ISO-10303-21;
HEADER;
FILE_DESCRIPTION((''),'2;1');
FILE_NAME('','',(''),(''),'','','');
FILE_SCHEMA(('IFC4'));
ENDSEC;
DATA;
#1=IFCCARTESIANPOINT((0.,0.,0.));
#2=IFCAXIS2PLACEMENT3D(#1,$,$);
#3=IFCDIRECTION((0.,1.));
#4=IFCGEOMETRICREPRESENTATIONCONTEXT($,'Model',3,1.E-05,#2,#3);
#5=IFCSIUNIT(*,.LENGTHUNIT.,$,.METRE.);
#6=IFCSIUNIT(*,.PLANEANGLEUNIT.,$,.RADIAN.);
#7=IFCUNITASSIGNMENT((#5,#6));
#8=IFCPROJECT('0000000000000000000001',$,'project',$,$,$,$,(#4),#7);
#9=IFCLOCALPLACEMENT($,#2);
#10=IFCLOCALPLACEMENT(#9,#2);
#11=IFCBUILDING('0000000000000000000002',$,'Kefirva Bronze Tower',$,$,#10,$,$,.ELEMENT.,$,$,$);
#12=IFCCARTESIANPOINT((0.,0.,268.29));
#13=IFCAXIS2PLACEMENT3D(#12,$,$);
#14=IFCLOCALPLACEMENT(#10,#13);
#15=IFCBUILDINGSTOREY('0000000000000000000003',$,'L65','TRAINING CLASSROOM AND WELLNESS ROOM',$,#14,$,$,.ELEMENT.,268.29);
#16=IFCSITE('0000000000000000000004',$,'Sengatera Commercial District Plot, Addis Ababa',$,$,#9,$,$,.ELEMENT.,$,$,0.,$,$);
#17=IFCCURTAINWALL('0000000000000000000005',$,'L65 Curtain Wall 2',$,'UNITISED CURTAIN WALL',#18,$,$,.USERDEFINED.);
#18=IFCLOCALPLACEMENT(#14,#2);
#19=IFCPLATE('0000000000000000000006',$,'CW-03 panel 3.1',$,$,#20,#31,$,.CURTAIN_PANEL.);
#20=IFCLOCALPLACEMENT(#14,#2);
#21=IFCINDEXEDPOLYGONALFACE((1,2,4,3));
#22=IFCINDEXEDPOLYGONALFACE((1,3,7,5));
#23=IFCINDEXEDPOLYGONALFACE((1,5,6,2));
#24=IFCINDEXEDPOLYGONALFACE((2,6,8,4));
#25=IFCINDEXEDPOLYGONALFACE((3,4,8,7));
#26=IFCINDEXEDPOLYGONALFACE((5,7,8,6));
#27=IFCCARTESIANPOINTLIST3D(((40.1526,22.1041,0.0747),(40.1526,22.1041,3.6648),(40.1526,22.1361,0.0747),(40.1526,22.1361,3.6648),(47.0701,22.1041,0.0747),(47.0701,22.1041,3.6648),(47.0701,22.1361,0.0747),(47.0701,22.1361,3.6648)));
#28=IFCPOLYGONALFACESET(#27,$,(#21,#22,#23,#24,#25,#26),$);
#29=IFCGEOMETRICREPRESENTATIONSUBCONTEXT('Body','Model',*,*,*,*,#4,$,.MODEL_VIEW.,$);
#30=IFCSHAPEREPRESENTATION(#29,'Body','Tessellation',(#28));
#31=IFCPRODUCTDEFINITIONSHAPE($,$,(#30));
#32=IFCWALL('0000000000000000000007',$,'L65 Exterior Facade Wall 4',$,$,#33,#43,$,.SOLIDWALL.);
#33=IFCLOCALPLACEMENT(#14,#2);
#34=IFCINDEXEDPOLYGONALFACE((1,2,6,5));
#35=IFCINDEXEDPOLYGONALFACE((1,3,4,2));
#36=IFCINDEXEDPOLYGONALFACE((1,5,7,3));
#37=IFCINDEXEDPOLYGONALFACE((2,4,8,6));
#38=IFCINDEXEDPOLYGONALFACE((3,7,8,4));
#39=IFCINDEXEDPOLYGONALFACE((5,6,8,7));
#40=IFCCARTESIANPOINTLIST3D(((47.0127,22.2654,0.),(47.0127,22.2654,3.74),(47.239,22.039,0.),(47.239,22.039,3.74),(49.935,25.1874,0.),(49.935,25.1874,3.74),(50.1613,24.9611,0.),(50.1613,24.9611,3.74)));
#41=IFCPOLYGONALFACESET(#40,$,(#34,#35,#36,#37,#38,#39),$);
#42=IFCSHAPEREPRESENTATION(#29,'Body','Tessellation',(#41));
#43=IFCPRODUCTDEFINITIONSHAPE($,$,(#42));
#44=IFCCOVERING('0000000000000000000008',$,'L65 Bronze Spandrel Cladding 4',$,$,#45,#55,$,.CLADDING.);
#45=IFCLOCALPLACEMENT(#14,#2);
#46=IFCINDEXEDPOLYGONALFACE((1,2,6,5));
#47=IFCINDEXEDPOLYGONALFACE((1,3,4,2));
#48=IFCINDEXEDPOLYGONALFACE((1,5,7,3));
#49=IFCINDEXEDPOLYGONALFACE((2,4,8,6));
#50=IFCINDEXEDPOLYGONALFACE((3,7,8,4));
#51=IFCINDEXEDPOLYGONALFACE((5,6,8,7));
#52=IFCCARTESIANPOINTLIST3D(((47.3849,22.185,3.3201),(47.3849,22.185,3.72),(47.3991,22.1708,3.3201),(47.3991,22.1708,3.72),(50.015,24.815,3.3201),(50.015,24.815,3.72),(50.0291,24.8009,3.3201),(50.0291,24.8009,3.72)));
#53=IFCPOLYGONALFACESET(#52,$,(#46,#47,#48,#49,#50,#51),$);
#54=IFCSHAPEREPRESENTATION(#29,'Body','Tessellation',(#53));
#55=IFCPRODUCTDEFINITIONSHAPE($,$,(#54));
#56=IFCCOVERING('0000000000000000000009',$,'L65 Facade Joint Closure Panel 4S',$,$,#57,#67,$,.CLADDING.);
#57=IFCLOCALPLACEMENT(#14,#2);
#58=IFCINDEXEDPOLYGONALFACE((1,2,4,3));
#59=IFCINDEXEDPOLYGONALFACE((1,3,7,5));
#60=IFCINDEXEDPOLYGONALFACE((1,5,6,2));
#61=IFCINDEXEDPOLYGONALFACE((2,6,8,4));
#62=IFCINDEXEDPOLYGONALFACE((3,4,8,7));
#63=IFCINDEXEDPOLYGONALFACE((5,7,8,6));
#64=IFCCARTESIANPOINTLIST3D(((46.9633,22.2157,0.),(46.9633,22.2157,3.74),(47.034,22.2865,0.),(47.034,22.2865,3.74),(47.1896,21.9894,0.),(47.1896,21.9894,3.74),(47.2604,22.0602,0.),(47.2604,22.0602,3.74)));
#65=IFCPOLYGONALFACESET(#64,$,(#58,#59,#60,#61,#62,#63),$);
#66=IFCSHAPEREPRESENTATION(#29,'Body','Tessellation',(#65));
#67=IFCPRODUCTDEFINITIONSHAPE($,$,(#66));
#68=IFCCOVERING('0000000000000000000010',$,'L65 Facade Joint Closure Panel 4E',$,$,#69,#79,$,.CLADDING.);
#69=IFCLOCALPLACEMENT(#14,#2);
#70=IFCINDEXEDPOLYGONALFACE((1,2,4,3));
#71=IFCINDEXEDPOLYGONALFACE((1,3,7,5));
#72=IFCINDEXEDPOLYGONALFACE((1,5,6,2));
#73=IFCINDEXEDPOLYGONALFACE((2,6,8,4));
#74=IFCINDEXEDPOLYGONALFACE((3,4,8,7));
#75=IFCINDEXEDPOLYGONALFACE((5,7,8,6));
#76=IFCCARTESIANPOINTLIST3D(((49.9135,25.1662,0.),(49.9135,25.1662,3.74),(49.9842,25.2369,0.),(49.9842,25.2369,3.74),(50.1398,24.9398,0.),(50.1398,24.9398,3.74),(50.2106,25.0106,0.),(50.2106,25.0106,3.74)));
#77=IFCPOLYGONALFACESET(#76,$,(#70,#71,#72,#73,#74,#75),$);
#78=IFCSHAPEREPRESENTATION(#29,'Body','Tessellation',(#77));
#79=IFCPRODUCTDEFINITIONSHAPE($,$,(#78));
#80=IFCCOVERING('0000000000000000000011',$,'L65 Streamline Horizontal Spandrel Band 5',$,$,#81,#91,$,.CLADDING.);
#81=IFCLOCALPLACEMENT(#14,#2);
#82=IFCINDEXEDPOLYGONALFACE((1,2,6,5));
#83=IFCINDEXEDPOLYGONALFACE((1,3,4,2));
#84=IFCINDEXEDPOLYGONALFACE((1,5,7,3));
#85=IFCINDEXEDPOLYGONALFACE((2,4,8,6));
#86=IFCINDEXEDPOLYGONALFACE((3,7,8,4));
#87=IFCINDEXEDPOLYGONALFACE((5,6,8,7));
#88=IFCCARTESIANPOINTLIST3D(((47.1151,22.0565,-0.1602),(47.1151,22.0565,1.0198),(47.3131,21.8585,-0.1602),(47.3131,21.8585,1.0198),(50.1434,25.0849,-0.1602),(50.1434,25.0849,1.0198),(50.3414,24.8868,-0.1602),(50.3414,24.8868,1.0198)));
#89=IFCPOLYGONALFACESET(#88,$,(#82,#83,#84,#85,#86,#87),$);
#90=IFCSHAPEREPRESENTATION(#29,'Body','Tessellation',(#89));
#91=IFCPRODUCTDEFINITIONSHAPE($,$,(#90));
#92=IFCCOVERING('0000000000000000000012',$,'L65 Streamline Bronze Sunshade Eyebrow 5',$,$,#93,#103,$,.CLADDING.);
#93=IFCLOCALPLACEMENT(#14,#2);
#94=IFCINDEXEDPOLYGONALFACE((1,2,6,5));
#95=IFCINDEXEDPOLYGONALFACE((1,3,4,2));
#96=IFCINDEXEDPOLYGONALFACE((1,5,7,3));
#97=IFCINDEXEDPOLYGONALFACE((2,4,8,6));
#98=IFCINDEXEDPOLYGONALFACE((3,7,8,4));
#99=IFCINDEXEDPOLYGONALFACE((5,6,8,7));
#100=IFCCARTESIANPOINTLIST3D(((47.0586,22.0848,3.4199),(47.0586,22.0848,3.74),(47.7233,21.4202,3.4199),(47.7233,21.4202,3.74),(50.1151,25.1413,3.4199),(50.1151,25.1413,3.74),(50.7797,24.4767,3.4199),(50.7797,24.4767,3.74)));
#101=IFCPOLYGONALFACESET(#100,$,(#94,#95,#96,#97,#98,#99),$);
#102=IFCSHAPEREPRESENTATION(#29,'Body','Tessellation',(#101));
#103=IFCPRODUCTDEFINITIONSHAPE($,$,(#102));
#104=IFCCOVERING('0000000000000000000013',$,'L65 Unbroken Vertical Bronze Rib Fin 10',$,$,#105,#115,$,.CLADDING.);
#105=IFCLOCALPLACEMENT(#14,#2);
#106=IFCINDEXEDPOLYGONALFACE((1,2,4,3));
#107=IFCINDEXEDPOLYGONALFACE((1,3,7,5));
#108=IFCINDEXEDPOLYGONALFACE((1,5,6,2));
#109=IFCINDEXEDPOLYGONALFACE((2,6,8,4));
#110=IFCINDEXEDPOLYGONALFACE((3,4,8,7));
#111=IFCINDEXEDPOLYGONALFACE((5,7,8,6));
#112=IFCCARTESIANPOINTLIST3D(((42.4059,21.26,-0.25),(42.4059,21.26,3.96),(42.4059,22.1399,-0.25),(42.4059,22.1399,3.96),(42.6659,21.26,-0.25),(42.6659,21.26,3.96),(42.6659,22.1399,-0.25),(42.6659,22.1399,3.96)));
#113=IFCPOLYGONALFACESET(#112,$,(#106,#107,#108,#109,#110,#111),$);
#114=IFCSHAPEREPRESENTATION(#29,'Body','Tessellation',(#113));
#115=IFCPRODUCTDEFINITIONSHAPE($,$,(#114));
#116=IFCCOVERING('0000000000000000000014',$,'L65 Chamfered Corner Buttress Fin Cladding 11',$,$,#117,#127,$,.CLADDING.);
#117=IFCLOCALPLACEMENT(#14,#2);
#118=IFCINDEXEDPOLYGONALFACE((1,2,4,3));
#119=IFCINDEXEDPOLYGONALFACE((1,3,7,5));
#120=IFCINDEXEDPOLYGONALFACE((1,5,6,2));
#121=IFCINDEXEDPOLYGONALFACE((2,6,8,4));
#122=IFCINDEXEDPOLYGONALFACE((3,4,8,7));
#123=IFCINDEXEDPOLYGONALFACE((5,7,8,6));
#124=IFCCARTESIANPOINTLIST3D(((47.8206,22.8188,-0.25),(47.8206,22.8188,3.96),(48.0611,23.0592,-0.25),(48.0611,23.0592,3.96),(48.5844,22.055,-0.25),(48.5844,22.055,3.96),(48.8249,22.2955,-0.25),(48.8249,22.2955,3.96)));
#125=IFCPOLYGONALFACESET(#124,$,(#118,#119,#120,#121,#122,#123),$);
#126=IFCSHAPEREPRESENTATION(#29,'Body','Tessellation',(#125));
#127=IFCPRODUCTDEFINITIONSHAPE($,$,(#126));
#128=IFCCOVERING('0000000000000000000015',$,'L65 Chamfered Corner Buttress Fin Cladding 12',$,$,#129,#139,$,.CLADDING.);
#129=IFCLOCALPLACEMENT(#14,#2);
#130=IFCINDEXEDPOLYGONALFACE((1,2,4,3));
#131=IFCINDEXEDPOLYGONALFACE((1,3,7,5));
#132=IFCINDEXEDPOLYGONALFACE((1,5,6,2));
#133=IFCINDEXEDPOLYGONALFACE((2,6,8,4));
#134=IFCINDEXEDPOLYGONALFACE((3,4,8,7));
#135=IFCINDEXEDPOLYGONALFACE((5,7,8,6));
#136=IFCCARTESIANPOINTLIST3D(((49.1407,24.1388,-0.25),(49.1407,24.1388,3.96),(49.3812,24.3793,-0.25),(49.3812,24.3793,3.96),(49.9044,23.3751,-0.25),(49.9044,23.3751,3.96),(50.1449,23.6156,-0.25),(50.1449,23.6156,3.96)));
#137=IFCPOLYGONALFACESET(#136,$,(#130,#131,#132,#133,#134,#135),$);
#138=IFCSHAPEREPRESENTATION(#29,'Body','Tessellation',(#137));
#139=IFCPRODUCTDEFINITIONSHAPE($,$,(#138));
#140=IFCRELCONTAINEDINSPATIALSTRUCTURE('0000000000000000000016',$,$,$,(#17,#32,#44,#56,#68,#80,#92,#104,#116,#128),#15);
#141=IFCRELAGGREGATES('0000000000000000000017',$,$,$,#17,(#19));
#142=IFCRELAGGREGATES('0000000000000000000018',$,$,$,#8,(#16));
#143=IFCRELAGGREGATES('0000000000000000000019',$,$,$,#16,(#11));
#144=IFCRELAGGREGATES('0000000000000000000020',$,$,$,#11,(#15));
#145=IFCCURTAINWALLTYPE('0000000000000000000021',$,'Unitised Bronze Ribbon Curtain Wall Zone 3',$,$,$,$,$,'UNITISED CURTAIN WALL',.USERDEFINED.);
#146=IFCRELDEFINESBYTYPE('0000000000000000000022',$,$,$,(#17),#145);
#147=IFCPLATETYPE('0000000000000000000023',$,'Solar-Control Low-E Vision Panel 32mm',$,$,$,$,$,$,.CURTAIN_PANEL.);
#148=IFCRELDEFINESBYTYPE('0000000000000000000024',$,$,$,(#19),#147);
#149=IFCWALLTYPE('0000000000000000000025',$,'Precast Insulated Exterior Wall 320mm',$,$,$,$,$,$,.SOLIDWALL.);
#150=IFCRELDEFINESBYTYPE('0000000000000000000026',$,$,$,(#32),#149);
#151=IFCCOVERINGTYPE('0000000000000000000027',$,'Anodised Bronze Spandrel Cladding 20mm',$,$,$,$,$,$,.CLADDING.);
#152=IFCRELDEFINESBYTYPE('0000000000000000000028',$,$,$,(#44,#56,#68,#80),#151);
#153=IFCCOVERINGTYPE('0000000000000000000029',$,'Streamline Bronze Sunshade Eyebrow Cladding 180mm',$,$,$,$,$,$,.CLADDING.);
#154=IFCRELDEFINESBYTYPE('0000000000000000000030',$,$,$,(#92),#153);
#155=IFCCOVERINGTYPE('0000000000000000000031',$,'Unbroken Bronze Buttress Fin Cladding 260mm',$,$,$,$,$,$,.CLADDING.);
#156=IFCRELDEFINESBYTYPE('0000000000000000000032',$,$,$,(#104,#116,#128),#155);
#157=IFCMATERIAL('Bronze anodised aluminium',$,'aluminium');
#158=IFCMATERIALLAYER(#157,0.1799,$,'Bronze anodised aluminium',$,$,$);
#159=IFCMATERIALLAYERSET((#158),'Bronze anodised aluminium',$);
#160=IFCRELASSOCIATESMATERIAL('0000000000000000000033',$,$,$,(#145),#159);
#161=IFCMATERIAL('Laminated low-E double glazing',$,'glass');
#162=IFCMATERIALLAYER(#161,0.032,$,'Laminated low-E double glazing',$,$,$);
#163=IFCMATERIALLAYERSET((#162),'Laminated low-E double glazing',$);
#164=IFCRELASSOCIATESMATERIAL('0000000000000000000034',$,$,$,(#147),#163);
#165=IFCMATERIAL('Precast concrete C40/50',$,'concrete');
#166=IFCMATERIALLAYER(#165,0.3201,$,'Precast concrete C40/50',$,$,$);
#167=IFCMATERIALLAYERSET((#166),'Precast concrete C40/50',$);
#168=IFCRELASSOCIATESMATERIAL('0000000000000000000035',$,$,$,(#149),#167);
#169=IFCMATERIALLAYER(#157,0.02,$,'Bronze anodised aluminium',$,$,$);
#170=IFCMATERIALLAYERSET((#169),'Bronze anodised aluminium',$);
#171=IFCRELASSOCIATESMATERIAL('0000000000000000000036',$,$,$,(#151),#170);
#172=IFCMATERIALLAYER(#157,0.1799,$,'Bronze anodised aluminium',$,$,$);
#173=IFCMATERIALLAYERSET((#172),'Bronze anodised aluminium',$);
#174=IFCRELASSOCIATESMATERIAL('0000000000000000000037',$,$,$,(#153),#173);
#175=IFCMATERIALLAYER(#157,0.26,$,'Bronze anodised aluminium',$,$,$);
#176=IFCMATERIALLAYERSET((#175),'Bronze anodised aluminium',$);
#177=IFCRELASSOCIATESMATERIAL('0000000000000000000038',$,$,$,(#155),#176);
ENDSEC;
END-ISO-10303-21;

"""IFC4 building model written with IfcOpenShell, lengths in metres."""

from ifc_helpers import new_model, si_unit, direction, frame, frame_2d, origin, origin_2d, place, context, subcontext, project, spatial, rectangle, extrude, material, layer, layer_set, type_object, element, aggregate, save


model = new_model("IFC4")

# Units and contexts
model_context = context("Model", 3, precision=1e-05, world=origin(), true_north=direction((0.0, 1.0)))
body_context = subcontext(model_context, "Body", "Model", "MODEL_VIEW")
ifc_project = project(units=[si_unit("LENGTHUNIT", "METRE"), si_unit("PLANEANGLEUNIT", "RADIAN")], contexts=[model_context])

# Site, building, storey
site_placement = place(None, origin())
site = spatial("IfcSite", under=ifc_project, at=site_placement, Name="Sengatera Commercial District Plot, Addis Ababa", CompositionType="ELEMENT", RefElevation=0.0)
building_placement = place(site_placement, origin())
building = spatial("IfcBuilding", under=site, at=building_placement, Name="Kefirva Bronze Tower", CompositionType="ELEMENT")
storey_placement = place(building_placement, frame((0.0, 0.0, 268.29)))
storey = spatial("IfcBuildingStorey", under=building, at=storey_placement, Name="L65", Description="TRAINING CLASSROOM AND WELLNESS ROOM", CompositionType="ELEMENT", Elevation=268.29)

# Curtain wall
ifc_material_1 = material(Name="Bronze anodised aluminium", Category="aluminium")
ifc_layer_1 = layer(ifc_material_1, 0.1799, Name="Bronze anodised aluminium")
ifc_layer_set_1 = layer_set([ifc_layer_1], Name="Bronze anodised aluminium")
curtain_wall_type = type_object("IfcCurtainWallType", Name="Unitised Bronze Ribbon Curtain Wall Zone 3", ElementType="UNITISED CURTAIN WALL", PredefinedType="USERDEFINED", material=ifc_layer_set_1)
curtain_wall_1_placement = place(storey_placement, origin())
curtain_wall_1 = element("IfcCurtainWall", 1, at=curtain_wall_1_placement, inside=storey, type_object=curtain_wall_type, Name="L65 Curtain Wall 2", ObjectType="UNITISED CURTAIN WALL", PredefinedType="USERDEFINED")

# Plate
ifc_material_2 = material(Name="Laminated low-E double glazing", Category="glass")
ifc_layer_2 = layer(ifc_material_2, 0.032, Name="Laminated low-E double glazing")
ifc_layer_set_2 = layer_set([ifc_layer_2], Name="Laminated low-E double glazing")
plate_type = type_object("IfcPlateType", Name="Solar-Control Low-E Vision Panel 32mm", PredefinedType="CURTAIN_PANEL", material=ifc_layer_set_2)
plate_placement = place(storey_placement, frame((43.6113, 22.1201, 0.0747), z_axis=(0.0, 0.0, 1.0), x_axis=(1.0, 0.0, 0.0)))
plate = element("IfcPlate", 2, at=plate_placement, type_object=plate_type, Name="CW-03 panel 3.1", PredefinedType="CURTAIN_PANEL", context=body_context, shape_type="SweptSolid", body=[
    extrude(rectangle(XDim=6.9175, YDim=0.032, at=origin_2d()), origin(), (0.0, 0.0, 1.0), 3.5901),
])
aggregate(curtain_wall_1, [plate])

# Wall
ifc_material_3 = material(Name="Precast concrete C40/50", Category="concrete")
ifc_layer_3 = layer(ifc_material_3, 0.3201, Name="Precast concrete C40/50")
ifc_layer_set_3 = layer_set([ifc_layer_3], Name="Precast concrete C40/50")
wall_type = type_object("IfcWallType", Name="Precast Insulated Exterior Wall 320mm", PredefinedType="SOLIDWALL", material=ifc_layer_set_3)
wall_placement = place(storey_placement, frame((47.1257, 22.1521, 0.0), z_axis=(0.0, 0.0, 1.0), x_axis=(0.707136, 0.707077, 0.0)))
element("IfcWall", 3, at=wall_placement, inside=storey, type_object=wall_type, Name="L65 Exterior Facade Wall 4", PredefinedType="SOLIDWALL", context=body_context, shape_type="SweptSolid", body=[
    extrude(rectangle(XDim=4.1326, YDim=0.3201, at=frame_2d((2.0664, 0.0))), origin(), (0.0, 0.0, 1.0), 3.74),
])

# Coverings
ifc_layer_4 = layer(ifc_material_1, 0.02, Name="Bronze anodised aluminium")
ifc_layer_set_4 = layer_set([ifc_layer_4], Name="Bronze anodised aluminium")
covering_type_1 = type_object("IfcCoveringType", Name="Anodised Bronze Spandrel Cladding 20mm", PredefinedType="CLADDING", material=ifc_layer_set_4)
covering_1_placement = place(storey_placement, frame((48.707, 23.4929, 3.3201), z_axis=(0.0, 0.0, 1.0), x_axis=(0.707107, 0.707107, 0.0)))
element("IfcCovering", 4, at=covering_1_placement, inside=storey, type_object=covering_type_1, Name="L65 Bronze Spandrel Cladding 4", PredefinedType="CLADDING", context=body_context, shape_type="SweptSolid", body=[
    extrude(rectangle(XDim=3.7195, YDim=0.02, at=origin_2d()), origin(), (0.0, 0.0, 1.0), 0.3999),
])
for number, where, z_axis, x_axis, name in (
    (5, (47.1118, 22.1379, 0.0), (0.0, 0.0, 1.0), (0.707107, 0.707107, 0.0), "L65 Facade Joint Closure Panel 4S"),
    (6, (50.062, 25.0884, 0.0), (0.0, 0.0, 1.0), (0.707107, 0.707107, 0.0), "L65 Facade Joint Closure Panel 4E"),
):
    element("IfcCovering", number, at=place(storey_placement, frame(where, z_axis=z_axis, x_axis=x_axis)), inside=storey, type_object=covering_type_1, Name=name, PredefinedType="CLADDING", context=body_context, shape_type="SweptSolid", body=[
        extrude(rectangle(XDim=0.1001, YDim=0.3201, at=origin_2d()), origin(), (0.0, 0.0, 1.0), 3.74),
    ])
covering_2_placement = place(storey_placement, frame((48.7283, 23.4717, -0.1602), z_axis=(0.0, 0.0, 1.0), x_axis=(0.707107, 0.707107, 0.0)))
element("IfcCovering", 7, at=covering_2_placement, inside=storey, type_object=covering_type_1, Name="L65 Streamline Horizontal Spandrel Band 5", PredefinedType="CLADDING", context=body_context, shape_type="SweptSolid", body=[
    extrude(rectangle(XDim=4.2827, YDim=0.28, at=origin_2d()), origin(), (0.0, 0.0, 1.0), 1.1799),
])
ifc_layer_5 = layer(ifc_material_1, 0.1799, Name="Bronze anodised aluminium")
ifc_layer_set_5 = layer_set([ifc_layer_5], Name="Bronze anodised aluminium")
covering_type_2 = type_object("IfcCoveringType", Name="Streamline Bronze Sunshade Eyebrow Cladding 180mm", PredefinedType="CLADDING", material=ifc_layer_set_5)
covering_3_placement = place(storey_placement, frame((48.9192, 23.2808, 3.4199), z_axis=(0.0, 0.0, 1.0), x_axis=(0.707107, 0.707107, 0.0)))
element("IfcCovering", 8, at=covering_3_placement, inside=storey, type_object=covering_type_2, Name="L65 Streamline Bronze Sunshade Eyebrow 5", PredefinedType="CLADDING", context=body_context, shape_type="SweptSolid", body=[
    extrude(rectangle(XDim=4.3225, YDim=0.9399, at=origin_2d()), origin(), (0.0, 0.0, 1.0), 0.3201),
])
ifc_layer_6 = layer(ifc_material_1, 0.26, Name="Bronze anodised aluminium")
ifc_layer_set_6 = layer_set([ifc_layer_6], Name="Bronze anodised aluminium")
covering_type_3 = type_object("IfcCoveringType", Name="Unbroken Bronze Buttress Fin Cladding 260mm", PredefinedType="CLADDING", material=ifc_layer_set_6)
covering_4_placement = place(storey_placement, frame((42.5359, 21.7, -0.25), z_axis=(0.0, 0.0, 1.0), x_axis=(1.0, 0.0, 0.0)))
element("IfcCovering", 9, at=covering_4_placement, inside=storey, type_object=covering_type_3, Name="L65 Unbroken Vertical Bronze Rib Fin 10", PredefinedType="CLADDING", context=body_context, shape_type="SweptSolid", body=[
    extrude(rectangle(XDim=0.26, YDim=0.8799, at=origin_2d()), origin(), (0.0, 0.0, 1.0), 4.21),
])
for number, where, z_axis, x_axis, name in (
    (10, (48.3228, 22.5571, -0.25), (0.0, 0.0, 1.0), (0.707107, 0.707107, 0.0), "L65 Chamfered Corner Buttress Fin Cladding 11"),
    (11, (49.6428, 23.8772, -0.25), (0.0, 0.0, 1.0), (0.707107, 0.707107, 0.0), "L65 Chamfered Corner Buttress Fin Cladding 12"),
):
    element("IfcCovering", number, at=place(storey_placement, frame(where, z_axis=z_axis, x_axis=x_axis)), inside=storey, type_object=covering_type_3, Name=name, PredefinedType="CLADDING", context=body_context, shape_type="SweptSolid", body=[
        extrude(rectangle(XDim=0.3401, YDim=1.0801, at=origin_2d()), origin(), (0.0, 0.0, 1.0), 4.21),
    ])

save(model, "model.ifc")
